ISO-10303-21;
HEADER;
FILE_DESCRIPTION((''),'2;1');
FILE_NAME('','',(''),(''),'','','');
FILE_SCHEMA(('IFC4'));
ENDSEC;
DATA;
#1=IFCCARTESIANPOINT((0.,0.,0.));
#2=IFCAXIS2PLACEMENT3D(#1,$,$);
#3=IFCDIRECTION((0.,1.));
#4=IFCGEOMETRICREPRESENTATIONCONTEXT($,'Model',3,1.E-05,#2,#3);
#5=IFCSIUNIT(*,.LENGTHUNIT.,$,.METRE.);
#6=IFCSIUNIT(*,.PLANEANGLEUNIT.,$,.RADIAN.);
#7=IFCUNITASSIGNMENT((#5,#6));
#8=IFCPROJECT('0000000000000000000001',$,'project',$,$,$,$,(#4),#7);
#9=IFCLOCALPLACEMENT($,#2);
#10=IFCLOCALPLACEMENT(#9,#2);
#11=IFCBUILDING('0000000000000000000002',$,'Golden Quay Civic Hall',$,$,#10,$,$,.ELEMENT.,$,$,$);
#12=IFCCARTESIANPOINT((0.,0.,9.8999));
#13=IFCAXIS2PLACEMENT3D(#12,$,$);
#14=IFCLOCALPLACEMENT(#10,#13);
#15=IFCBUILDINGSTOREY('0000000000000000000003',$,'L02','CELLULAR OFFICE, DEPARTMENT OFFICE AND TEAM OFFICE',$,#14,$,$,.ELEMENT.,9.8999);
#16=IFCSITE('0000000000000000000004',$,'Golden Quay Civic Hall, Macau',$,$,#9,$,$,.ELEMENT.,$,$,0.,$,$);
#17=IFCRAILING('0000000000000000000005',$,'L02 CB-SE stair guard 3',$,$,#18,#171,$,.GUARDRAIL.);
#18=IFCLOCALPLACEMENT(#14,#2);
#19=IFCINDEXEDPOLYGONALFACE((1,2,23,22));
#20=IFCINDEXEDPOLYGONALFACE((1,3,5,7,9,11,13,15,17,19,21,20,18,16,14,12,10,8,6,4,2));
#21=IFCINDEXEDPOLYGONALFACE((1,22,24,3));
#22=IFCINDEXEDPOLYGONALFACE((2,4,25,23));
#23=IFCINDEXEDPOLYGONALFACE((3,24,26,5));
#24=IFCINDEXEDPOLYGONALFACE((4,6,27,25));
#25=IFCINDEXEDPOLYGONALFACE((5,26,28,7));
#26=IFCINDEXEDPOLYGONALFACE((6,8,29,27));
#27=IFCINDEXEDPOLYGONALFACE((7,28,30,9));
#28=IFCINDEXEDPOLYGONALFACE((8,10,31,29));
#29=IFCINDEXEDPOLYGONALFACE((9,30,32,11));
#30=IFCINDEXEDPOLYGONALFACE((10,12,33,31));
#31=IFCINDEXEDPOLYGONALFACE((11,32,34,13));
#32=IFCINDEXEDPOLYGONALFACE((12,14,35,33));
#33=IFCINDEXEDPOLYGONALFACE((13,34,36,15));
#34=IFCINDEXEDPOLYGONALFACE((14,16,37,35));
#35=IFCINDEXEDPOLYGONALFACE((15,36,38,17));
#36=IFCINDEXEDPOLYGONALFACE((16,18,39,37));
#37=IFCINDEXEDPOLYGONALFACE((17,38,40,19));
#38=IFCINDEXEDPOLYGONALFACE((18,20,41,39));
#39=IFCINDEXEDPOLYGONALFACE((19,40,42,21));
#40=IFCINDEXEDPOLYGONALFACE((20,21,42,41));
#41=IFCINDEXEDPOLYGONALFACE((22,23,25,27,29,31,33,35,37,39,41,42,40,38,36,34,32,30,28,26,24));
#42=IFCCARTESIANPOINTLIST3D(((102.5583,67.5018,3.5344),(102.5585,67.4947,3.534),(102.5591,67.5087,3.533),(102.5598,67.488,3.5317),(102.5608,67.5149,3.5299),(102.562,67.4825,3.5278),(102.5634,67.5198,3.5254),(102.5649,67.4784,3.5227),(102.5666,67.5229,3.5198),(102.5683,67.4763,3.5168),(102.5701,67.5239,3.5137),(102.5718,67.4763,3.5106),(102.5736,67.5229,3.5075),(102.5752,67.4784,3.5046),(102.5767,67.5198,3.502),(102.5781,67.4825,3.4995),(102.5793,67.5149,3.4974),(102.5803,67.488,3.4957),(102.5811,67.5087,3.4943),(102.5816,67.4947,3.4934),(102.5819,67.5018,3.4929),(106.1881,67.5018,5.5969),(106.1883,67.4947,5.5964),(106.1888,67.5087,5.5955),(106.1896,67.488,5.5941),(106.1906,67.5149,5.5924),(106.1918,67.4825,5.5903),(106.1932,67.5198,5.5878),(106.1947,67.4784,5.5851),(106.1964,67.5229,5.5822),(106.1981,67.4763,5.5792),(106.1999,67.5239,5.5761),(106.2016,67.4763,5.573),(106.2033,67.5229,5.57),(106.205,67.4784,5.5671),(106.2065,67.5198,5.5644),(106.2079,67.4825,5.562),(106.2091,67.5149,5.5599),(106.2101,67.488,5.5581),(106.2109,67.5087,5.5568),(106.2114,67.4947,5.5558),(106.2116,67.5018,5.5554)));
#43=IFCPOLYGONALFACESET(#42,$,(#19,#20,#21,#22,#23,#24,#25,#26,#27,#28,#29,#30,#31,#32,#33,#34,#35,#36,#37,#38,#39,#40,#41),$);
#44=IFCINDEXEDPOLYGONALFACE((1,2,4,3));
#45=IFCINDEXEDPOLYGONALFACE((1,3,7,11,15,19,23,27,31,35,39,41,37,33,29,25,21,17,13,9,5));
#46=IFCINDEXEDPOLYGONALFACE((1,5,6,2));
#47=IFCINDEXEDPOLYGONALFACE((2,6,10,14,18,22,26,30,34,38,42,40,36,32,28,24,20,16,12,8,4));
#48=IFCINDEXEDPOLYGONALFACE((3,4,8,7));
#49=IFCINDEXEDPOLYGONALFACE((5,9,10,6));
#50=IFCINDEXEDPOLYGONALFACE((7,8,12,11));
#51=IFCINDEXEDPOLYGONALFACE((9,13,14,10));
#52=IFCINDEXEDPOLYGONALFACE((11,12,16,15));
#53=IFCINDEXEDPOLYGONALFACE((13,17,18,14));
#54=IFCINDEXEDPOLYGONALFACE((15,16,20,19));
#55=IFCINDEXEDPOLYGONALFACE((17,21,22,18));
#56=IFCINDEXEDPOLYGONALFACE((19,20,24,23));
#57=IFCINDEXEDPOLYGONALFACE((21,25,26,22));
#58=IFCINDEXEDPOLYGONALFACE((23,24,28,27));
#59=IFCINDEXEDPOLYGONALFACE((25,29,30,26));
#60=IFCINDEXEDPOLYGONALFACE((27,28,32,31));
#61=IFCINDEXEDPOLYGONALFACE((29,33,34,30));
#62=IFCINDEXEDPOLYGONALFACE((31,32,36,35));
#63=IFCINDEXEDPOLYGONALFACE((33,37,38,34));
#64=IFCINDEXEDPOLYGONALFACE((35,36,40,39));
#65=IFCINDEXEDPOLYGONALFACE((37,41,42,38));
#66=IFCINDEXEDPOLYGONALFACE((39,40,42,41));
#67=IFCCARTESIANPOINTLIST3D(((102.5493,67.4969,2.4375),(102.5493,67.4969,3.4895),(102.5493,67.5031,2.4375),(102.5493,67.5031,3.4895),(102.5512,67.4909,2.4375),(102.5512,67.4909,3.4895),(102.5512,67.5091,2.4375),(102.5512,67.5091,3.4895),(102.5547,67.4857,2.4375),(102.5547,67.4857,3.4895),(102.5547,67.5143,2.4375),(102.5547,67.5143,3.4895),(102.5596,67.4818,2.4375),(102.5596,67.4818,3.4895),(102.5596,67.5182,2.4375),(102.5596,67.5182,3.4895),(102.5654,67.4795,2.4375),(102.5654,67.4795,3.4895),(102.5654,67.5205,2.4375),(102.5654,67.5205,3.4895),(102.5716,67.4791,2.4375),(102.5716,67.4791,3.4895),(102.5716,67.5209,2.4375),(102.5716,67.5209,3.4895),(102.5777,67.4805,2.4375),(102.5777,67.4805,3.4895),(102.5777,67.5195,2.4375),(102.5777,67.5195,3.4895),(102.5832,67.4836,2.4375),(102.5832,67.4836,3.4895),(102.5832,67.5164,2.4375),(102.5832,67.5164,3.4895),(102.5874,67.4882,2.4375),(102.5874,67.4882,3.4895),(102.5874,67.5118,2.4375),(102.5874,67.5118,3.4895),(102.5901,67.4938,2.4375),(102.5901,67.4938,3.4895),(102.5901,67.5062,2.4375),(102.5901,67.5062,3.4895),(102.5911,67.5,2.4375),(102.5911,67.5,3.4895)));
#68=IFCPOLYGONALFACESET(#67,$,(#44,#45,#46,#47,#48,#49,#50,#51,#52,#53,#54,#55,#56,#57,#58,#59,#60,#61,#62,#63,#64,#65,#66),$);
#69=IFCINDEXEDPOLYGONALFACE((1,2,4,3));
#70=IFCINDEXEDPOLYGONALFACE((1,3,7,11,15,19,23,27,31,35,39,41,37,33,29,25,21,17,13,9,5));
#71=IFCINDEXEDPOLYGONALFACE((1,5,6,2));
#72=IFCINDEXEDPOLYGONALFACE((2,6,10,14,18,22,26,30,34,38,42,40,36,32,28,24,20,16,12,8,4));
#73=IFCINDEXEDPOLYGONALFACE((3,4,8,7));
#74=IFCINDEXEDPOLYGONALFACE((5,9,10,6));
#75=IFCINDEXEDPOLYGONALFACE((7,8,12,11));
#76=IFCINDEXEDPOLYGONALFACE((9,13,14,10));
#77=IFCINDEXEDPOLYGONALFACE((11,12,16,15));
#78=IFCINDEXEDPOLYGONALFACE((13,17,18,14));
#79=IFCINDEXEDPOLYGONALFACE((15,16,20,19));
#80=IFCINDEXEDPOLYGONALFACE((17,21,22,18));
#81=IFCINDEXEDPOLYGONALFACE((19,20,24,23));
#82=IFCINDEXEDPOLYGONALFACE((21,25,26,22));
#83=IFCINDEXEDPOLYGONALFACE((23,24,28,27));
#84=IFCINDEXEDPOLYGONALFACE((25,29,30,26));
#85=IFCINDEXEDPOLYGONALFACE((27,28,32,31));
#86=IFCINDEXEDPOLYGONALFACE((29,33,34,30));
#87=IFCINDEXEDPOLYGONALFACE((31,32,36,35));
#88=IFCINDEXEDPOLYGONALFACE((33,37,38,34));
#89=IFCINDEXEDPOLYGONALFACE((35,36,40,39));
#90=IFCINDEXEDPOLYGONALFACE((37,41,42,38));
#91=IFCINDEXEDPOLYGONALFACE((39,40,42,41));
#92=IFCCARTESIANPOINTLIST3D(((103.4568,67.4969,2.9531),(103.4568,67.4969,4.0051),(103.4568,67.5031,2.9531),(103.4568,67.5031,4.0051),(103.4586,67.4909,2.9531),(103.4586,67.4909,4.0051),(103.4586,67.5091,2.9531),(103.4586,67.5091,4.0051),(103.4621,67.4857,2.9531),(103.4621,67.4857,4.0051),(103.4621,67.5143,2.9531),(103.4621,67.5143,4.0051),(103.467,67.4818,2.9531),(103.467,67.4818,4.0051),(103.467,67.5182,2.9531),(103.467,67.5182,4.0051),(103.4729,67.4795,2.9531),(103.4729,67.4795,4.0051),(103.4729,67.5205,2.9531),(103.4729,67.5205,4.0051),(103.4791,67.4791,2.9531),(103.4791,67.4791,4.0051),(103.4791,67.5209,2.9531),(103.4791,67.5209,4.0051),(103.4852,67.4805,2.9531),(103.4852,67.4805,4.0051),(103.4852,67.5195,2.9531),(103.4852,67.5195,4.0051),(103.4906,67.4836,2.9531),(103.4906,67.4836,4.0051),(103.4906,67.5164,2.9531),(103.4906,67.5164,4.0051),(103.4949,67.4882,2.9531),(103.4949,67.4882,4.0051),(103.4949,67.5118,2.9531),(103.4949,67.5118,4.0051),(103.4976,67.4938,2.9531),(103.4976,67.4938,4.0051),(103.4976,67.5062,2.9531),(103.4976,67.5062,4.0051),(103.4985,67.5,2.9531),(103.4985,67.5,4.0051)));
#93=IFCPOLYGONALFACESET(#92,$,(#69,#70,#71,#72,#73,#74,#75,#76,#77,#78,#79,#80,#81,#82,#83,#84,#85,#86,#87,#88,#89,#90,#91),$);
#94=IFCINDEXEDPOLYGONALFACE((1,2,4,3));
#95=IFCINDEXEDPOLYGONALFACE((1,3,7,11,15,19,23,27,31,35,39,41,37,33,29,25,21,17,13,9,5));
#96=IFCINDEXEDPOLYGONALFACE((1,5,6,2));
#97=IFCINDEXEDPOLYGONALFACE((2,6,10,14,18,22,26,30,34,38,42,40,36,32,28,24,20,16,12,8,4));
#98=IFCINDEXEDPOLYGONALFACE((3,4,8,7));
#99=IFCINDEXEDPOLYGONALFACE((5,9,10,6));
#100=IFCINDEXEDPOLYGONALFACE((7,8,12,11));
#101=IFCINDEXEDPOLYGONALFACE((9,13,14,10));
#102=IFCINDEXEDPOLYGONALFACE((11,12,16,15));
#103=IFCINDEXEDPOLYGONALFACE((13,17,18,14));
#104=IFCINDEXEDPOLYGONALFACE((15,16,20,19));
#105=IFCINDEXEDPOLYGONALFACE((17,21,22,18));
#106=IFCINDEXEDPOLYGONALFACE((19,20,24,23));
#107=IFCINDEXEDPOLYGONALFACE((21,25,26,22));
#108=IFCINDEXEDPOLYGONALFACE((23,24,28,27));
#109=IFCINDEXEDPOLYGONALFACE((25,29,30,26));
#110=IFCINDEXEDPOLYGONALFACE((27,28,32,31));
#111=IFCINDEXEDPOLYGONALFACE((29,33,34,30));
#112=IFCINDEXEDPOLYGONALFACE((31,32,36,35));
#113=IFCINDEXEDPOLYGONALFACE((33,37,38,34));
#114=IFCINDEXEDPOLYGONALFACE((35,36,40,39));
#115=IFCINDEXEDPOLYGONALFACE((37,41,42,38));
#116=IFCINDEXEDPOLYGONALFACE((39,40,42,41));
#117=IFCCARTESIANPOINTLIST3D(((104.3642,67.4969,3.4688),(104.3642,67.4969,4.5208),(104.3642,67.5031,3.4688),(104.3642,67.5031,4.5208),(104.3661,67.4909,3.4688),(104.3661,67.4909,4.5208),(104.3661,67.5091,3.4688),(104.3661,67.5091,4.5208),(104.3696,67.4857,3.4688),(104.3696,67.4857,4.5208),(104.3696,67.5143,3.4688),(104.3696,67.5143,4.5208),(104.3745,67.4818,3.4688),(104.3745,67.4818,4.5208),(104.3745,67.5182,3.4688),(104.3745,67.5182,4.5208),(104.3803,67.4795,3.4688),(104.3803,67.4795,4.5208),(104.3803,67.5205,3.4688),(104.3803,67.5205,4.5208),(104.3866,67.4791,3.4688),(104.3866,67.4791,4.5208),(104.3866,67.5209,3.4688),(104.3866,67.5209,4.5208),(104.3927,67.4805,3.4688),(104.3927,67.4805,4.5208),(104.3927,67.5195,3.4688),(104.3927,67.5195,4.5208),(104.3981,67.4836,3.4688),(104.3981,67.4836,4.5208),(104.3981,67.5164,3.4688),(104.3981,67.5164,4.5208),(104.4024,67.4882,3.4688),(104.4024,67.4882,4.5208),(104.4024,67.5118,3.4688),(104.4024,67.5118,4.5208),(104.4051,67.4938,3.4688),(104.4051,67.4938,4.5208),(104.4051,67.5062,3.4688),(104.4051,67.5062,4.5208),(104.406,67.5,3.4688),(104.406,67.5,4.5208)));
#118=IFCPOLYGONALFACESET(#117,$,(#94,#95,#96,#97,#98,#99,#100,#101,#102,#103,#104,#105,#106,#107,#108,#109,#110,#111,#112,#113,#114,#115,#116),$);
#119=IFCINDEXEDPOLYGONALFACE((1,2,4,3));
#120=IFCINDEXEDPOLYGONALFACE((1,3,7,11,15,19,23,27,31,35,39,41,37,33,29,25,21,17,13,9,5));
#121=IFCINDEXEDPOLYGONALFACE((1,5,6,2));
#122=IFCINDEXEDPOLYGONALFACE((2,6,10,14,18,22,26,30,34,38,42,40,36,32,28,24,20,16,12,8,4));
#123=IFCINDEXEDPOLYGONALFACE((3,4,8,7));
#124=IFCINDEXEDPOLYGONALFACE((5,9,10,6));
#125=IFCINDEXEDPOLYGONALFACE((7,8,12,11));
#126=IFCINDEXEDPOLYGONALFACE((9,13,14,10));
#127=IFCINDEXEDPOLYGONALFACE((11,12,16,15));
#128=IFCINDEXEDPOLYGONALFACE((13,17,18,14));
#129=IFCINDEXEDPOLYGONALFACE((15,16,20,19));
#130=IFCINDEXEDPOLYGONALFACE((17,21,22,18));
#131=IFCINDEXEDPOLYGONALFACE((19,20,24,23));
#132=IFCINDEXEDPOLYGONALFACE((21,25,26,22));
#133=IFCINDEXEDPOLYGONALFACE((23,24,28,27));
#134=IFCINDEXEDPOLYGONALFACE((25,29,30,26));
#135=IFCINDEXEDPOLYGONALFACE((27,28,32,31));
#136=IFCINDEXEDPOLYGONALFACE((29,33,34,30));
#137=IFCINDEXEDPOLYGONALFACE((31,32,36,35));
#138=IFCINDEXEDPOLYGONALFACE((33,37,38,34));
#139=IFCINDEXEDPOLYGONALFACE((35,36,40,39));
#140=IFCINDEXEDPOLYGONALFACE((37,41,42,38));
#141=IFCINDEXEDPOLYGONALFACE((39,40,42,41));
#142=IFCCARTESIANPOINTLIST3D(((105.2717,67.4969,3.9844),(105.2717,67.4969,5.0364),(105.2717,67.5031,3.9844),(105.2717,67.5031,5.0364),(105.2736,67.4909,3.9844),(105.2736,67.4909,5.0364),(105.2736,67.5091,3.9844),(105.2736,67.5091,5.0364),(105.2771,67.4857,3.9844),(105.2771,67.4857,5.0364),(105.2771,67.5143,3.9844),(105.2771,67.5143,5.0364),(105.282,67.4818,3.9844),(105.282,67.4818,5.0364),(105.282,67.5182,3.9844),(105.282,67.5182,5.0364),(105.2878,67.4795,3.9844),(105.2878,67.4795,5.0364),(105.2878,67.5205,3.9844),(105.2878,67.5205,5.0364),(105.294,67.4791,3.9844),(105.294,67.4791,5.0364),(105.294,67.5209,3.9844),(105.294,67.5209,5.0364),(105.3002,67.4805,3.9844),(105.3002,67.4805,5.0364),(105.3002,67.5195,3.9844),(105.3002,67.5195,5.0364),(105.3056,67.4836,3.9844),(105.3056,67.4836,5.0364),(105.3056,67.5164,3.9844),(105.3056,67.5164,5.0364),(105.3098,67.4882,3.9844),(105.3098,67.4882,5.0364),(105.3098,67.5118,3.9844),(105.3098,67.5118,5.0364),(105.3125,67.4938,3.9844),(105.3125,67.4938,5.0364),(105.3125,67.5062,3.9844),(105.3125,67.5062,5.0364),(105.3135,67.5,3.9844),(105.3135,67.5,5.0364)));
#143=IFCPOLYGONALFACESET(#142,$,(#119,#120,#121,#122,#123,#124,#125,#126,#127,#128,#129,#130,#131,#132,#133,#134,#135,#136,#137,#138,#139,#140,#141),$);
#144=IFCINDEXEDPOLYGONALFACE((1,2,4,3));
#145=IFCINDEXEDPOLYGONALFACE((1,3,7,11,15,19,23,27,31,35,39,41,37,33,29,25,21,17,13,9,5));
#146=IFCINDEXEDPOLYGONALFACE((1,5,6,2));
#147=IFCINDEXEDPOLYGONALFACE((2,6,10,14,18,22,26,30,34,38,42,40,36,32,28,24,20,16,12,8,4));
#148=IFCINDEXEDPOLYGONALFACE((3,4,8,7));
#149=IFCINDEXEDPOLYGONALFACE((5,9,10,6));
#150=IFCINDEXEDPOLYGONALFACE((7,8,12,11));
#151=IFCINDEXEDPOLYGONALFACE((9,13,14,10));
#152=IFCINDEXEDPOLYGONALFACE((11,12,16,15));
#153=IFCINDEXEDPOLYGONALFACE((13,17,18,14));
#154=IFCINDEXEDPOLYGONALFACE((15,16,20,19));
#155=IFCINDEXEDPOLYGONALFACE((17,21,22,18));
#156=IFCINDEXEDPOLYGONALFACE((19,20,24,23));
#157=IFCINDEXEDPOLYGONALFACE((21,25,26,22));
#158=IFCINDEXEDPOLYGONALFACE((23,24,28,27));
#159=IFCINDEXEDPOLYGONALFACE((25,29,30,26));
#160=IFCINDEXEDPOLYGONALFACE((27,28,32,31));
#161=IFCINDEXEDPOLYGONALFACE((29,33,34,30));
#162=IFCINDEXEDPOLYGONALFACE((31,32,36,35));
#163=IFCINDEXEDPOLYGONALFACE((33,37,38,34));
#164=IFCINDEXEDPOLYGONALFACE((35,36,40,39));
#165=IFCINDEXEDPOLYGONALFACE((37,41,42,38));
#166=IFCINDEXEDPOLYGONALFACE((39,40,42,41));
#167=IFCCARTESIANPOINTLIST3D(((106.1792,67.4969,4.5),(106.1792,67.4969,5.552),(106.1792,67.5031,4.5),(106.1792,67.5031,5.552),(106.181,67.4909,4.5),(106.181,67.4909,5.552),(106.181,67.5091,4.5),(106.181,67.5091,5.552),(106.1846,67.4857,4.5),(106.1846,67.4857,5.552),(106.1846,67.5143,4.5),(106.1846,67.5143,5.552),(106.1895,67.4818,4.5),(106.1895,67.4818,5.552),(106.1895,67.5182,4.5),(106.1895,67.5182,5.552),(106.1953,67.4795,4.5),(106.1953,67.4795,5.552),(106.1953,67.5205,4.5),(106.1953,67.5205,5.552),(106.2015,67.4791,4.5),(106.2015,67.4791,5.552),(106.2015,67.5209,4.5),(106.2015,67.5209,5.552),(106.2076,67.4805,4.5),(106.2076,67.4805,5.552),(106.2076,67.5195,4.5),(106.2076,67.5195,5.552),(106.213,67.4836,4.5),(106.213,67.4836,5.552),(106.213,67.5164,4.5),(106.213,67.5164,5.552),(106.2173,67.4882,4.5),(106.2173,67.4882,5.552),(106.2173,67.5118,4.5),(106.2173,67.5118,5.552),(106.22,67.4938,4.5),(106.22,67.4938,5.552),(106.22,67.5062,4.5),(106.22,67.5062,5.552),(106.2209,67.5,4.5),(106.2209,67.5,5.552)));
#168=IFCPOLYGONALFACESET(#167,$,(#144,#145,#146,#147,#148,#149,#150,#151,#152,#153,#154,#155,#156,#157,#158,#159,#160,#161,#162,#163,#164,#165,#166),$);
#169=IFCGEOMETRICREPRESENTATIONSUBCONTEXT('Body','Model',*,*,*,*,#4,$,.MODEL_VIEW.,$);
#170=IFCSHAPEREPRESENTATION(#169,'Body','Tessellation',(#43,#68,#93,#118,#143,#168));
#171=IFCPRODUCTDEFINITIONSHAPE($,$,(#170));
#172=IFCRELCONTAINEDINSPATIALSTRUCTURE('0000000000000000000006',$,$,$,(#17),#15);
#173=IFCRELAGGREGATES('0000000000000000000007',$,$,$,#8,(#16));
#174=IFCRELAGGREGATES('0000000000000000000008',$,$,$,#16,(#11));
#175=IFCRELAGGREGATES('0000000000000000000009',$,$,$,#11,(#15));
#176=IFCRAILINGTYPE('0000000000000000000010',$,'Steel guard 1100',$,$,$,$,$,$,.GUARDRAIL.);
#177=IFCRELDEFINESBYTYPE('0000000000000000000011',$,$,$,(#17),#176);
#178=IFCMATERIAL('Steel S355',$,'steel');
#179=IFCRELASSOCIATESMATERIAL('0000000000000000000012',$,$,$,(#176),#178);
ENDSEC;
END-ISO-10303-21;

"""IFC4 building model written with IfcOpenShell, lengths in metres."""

from ifc_helpers import new_model, si_unit, direction, frame, origin, origin_2d, place, context, subcontext, project, spatial, circle, extrude, material, type_object, element, save


model = new_model("IFC4")

# Units and contexts
model_context = context("Model", 3, precision=1e-05, world=origin(), true_north=direction((0.0, 1.0)))
body_context = subcontext(model_context, "Body", "Model", "MODEL_VIEW")
ifc_project = project(units=[si_unit("LENGTHUNIT", "METRE"), si_unit("PLANEANGLEUNIT", "RADIAN")], contexts=[model_context])

# Site, building, storey
site_placement = place(None, origin())
site = spatial("IfcSite", under=ifc_project, at=site_placement, Name="Golden Quay Civic Hall, Macau", CompositionType="ELEMENT", RefElevation=0.0)
building_placement = place(site_placement, origin())
building = spatial("IfcBuilding", under=site, at=building_placement, Name="Golden Quay Civic Hall", CompositionType="ELEMENT")
storey_placement = place(building_placement, frame((0.0, 0.0, 9.8999)))
storey = spatial("IfcBuildingStorey", under=building, at=storey_placement, Name="L02", Description="CELLULAR OFFICE, DEPARTMENT OFFICE AND TEAM OFFICE", CompositionType="ELEMENT", Elevation=9.8999)

# Railing
ifc_material_1 = material(Name="Steel S355", Category="steel")
railing_type_1 = type_object("IfcRailingType", Name="Steel guard 1100", PredefinedType="GUARDRAIL", material=ifc_material_1)
railing_1_placement = place(storey_placement, frame((102.5701, 67.5, 2.4375)))
element("IfcRailing", 1, at=railing_1_placement, inside=storey, type_object=railing_type_1, Name="L02 CB-SE stair guard 3", PredefinedType="GUARDRAIL", context=body_context, shape_type="SweptSolid", body=[
    extrude(circle(Radius=0.0239, at=origin_2d()), frame((0.0, 0.0, 1.0762), z_axis=(0.86945, 0.0, 0.494021), x_axis=(0.0, 1.0, 0.0)), (0.0, 0.0, 1.0), 4.1748),
    extrude(circle(Radius=0.021, at=origin_2d()), origin(), (0.0, 0.0, 1.0), 1.052),
    extrude(circle(Radius=0.021, at=origin_2d()), frame((0.9075, 0.0, 0.5156)), (0.0, 0.0, 1.0), 1.052),
    extrude(circle(Radius=0.021, at=origin_2d()), frame((1.8149, 0.0, 1.0312)), (0.0, 0.0, 1.0), 1.052),
    extrude(circle(Radius=0.021, at=origin_2d()), frame((2.7224, 0.0, 1.5469)), (0.0, 0.0, 1.0), 1.052),
    extrude(circle(Radius=0.021, at=origin_2d()), frame((3.6299, 0.0, 2.0625)), (0.0, 0.0, 1.0), 1.052),
])

save(model, "model.ifc")
